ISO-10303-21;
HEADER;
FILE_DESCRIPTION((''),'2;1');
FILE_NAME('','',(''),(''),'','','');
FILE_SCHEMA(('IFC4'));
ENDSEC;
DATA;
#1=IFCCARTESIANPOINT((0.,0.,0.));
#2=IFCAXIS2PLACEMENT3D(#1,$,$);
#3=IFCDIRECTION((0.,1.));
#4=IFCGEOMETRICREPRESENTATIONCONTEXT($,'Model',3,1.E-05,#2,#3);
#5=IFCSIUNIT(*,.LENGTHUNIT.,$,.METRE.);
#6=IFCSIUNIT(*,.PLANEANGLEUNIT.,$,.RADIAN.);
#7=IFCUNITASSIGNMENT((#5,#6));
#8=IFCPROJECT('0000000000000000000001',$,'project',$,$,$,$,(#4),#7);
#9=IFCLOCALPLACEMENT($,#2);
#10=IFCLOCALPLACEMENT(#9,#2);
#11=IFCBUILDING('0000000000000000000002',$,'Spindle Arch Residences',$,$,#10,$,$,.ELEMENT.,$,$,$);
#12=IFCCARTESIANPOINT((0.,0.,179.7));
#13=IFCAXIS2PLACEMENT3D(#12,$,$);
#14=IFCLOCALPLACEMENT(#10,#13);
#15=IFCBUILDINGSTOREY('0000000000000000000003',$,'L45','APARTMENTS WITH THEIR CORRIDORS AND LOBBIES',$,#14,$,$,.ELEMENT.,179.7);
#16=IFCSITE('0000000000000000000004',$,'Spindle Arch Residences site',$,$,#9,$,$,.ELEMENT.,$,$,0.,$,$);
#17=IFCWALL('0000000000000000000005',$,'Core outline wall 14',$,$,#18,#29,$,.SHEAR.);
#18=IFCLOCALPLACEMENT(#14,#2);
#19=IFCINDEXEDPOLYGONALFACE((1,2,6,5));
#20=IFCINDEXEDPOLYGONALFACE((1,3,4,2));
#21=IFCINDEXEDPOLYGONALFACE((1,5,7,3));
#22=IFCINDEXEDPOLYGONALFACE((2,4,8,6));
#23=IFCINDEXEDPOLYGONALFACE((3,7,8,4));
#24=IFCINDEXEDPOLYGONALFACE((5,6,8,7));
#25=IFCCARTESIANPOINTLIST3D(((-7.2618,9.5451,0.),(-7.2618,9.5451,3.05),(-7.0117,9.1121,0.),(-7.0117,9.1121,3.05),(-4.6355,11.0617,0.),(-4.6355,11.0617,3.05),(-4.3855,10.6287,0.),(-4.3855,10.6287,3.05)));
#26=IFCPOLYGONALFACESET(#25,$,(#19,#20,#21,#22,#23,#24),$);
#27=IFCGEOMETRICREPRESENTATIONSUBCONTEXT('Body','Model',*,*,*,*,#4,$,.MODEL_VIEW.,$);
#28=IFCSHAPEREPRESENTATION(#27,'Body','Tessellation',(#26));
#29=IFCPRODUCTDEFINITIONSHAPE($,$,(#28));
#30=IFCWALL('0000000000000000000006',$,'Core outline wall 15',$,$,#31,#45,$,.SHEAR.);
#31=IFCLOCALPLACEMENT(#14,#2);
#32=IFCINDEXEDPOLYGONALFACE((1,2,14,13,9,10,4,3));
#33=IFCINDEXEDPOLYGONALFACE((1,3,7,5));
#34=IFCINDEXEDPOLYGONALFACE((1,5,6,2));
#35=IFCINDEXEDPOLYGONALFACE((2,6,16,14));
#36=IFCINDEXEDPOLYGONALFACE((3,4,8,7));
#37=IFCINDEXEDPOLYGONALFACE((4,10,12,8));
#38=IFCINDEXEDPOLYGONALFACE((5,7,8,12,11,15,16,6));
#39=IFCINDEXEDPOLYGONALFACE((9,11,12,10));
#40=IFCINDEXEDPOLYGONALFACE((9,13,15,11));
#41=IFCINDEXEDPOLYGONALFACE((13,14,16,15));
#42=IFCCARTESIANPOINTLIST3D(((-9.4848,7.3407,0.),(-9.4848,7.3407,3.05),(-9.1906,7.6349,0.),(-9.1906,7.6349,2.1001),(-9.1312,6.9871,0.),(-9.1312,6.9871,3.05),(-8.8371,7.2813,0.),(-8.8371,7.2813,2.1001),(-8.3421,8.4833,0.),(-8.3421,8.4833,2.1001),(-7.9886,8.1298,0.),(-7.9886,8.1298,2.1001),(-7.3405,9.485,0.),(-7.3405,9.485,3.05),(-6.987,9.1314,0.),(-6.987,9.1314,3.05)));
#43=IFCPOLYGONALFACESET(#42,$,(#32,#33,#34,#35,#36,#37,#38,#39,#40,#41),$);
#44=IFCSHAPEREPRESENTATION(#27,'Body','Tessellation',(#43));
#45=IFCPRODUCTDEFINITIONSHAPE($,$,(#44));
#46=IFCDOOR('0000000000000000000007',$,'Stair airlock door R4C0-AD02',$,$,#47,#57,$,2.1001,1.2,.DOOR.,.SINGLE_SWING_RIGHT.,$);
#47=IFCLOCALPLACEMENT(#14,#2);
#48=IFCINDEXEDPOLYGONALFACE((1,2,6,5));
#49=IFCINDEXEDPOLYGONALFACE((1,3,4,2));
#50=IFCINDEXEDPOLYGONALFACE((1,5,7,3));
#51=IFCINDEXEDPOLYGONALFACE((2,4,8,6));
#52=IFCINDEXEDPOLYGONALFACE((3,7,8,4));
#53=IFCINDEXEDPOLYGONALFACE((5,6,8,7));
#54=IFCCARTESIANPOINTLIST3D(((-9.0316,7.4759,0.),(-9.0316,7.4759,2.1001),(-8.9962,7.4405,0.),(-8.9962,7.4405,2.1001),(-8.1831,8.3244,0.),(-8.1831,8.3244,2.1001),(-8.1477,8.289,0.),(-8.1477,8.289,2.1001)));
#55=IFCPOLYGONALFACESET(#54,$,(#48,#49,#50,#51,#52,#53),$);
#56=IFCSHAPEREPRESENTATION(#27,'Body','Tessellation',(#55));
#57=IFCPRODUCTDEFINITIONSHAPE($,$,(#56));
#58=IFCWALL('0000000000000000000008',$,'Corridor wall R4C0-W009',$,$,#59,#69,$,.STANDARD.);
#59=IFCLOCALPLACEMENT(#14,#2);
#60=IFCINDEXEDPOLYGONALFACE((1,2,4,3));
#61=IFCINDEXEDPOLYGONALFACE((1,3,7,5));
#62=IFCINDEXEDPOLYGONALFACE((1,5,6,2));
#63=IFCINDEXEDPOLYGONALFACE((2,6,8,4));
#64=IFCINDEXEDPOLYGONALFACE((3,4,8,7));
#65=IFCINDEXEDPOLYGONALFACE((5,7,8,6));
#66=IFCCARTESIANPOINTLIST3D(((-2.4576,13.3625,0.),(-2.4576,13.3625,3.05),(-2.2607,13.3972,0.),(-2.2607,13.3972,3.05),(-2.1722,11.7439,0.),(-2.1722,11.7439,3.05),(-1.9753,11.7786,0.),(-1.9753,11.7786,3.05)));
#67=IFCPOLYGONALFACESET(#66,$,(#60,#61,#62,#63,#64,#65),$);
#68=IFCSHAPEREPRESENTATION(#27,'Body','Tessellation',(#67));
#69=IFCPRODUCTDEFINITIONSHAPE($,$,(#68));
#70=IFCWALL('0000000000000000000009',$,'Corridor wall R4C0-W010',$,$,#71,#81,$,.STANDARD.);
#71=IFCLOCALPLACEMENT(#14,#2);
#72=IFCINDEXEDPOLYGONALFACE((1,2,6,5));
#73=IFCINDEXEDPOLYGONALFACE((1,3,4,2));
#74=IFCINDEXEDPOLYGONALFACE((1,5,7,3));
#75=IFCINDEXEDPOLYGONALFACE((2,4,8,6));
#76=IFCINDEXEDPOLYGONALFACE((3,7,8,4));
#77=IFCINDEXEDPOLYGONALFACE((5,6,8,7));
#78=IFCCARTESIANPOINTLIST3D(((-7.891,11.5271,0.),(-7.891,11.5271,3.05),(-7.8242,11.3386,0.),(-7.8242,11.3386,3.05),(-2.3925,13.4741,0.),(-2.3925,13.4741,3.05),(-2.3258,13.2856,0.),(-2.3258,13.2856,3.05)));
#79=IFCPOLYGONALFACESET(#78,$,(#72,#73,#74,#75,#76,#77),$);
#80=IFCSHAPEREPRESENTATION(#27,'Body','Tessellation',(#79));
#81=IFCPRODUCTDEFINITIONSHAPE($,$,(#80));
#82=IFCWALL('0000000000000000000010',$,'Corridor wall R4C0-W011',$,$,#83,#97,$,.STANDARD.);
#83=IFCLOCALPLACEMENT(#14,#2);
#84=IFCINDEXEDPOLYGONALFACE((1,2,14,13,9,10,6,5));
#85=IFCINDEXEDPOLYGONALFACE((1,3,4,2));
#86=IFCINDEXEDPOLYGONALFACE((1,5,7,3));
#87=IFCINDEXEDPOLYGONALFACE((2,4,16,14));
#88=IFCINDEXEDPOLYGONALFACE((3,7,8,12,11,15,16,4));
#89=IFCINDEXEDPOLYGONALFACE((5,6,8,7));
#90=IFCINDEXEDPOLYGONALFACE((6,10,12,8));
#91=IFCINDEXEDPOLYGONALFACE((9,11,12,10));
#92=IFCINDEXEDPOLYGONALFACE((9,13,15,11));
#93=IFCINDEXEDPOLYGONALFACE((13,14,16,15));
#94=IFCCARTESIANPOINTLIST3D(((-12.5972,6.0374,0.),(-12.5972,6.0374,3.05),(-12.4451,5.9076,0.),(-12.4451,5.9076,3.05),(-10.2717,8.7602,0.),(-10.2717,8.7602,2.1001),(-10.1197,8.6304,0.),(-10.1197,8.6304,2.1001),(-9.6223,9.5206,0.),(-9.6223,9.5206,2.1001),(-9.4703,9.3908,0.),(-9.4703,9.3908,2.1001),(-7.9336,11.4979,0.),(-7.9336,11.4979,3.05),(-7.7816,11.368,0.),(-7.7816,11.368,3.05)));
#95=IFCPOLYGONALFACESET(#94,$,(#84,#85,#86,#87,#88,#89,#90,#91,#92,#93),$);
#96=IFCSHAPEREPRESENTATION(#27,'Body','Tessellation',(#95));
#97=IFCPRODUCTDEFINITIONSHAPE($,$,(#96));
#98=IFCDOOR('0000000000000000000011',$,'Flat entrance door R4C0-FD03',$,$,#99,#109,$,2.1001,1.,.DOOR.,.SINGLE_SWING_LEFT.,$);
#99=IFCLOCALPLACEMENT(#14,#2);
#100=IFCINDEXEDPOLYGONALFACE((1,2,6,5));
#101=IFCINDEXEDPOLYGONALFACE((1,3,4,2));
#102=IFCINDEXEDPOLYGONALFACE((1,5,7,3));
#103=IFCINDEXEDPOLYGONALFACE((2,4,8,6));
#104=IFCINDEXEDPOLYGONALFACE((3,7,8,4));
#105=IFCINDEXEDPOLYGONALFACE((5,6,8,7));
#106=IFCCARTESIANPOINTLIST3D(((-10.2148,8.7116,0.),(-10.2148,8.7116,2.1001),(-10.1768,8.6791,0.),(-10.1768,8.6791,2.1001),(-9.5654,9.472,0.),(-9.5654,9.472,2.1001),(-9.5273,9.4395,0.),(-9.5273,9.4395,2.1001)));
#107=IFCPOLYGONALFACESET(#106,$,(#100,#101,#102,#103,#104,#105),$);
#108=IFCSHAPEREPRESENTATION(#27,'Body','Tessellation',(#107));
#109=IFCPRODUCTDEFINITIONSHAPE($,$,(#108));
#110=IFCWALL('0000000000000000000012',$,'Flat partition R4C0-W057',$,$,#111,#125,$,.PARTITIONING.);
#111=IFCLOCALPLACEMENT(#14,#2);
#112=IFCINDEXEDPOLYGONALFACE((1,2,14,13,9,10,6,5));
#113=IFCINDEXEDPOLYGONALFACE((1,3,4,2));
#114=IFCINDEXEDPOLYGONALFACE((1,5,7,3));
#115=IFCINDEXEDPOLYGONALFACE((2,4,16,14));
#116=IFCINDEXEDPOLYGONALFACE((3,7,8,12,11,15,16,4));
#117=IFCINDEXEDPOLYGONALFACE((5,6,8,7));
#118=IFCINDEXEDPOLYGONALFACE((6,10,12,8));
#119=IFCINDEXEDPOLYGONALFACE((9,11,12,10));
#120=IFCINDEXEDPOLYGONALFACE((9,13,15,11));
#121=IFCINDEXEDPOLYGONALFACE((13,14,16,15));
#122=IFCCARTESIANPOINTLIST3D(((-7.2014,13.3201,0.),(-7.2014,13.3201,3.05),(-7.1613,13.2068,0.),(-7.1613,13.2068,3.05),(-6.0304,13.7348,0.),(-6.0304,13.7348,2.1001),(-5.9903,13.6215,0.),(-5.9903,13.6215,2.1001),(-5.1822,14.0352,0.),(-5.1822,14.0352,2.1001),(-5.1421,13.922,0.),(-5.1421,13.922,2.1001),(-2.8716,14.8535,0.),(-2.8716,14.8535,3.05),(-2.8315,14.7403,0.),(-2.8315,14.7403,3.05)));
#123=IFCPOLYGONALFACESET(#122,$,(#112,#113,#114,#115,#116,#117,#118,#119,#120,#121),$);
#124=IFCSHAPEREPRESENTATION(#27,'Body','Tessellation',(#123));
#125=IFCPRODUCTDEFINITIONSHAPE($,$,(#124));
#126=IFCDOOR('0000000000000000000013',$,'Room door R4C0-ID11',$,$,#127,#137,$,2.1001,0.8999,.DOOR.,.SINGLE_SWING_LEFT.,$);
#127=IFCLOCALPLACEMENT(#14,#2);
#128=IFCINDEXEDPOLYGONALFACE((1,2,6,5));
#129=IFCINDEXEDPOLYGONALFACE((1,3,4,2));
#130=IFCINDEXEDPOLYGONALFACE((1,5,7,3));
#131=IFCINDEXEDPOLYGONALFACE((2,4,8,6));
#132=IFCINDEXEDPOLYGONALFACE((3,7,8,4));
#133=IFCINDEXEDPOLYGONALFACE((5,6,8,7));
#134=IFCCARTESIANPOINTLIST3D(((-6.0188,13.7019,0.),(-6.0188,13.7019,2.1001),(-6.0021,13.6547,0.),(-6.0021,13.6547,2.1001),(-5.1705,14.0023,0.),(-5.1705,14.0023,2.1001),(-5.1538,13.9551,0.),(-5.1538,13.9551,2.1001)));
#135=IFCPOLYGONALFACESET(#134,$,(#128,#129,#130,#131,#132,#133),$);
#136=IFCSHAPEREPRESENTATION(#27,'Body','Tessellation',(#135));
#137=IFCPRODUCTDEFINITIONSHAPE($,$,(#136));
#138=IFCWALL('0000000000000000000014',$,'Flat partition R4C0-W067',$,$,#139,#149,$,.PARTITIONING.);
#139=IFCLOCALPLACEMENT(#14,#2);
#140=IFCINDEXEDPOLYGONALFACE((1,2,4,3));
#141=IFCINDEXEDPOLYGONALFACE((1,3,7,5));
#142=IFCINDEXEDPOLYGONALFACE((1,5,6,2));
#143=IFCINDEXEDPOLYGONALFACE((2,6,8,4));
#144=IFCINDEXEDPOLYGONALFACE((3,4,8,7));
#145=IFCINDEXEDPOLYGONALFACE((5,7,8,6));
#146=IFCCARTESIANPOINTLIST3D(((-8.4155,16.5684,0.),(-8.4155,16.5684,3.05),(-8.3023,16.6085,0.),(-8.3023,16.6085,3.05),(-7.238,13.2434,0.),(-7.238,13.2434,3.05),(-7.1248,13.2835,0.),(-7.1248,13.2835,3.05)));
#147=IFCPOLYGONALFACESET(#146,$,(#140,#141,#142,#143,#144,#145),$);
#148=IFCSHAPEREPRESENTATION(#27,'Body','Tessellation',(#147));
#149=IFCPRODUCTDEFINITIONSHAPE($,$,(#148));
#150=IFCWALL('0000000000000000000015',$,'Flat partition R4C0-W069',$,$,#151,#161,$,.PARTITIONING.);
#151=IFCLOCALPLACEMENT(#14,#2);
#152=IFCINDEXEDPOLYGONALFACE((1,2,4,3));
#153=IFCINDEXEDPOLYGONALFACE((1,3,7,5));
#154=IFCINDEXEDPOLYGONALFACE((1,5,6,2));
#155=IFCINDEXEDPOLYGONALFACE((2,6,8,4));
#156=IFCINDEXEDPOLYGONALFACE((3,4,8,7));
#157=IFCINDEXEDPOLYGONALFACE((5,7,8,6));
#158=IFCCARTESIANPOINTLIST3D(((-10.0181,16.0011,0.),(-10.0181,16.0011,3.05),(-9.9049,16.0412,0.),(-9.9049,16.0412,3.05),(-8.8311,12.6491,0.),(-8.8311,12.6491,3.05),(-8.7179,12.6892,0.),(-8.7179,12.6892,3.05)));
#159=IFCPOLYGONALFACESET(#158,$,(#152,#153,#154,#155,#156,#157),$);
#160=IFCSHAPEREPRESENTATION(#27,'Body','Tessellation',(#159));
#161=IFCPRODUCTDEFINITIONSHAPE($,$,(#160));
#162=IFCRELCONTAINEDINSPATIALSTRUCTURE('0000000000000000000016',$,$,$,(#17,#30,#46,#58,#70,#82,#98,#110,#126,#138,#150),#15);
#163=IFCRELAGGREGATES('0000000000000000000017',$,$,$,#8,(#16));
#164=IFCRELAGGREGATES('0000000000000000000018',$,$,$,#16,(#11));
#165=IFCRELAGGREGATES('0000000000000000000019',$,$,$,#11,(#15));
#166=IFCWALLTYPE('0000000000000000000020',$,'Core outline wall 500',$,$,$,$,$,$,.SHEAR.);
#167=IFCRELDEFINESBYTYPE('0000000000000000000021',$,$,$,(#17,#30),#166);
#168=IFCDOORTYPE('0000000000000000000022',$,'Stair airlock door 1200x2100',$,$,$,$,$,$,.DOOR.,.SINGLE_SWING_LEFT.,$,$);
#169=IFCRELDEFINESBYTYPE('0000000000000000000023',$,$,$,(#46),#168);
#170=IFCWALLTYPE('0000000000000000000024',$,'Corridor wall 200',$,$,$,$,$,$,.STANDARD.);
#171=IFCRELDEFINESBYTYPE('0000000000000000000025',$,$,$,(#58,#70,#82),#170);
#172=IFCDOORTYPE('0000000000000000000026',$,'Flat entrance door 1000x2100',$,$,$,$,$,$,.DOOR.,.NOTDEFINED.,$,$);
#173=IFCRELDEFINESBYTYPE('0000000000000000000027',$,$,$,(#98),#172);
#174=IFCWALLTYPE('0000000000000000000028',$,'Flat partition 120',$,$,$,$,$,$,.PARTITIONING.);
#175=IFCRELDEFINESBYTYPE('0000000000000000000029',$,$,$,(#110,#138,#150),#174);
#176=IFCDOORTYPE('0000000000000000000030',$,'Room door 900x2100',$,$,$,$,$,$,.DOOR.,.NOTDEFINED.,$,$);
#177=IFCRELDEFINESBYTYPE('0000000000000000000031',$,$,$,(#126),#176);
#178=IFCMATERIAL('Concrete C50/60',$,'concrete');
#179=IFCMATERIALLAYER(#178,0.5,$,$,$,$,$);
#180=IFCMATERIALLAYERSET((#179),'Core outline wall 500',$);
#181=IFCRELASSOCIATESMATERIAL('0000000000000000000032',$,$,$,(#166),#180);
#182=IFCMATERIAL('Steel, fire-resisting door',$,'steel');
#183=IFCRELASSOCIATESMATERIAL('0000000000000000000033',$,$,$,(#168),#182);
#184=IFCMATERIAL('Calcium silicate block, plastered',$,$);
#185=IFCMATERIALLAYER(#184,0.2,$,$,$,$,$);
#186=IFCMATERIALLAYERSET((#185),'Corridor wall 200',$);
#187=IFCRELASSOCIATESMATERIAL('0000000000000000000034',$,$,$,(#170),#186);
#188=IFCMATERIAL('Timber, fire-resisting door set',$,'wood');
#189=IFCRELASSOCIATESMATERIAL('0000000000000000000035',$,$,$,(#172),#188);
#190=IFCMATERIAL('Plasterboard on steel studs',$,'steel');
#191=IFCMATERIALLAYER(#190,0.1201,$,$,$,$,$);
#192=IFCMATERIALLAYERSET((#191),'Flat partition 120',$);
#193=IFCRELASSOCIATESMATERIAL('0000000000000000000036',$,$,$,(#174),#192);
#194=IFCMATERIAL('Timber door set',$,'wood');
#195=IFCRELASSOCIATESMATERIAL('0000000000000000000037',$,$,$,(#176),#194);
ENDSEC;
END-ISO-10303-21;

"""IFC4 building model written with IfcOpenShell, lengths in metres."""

from ifc_helpers import new_model, si_unit, direction, frame, frame_2d, origin, place, context, subcontext, project, spatial, rectangle, extrude, material, layer, layer_set, type_object, element, fill, save


model = new_model("IFC4")

# Units and contexts
model_context = context("Model", 3, precision=1e-05, world=origin(), true_north=direction((0.0, 1.0)))
body_context = subcontext(model_context, "Body", "Model", "MODEL_VIEW")
ifc_project = project(units=[si_unit("LENGTHUNIT", "METRE"), si_unit("PLANEANGLEUNIT", "RADIAN")], contexts=[model_context])

# Site, building, storey
site_placement = place(None, origin())
site = spatial("IfcSite", under=ifc_project, at=site_placement, Name="Spindle Arch Residences site", CompositionType="ELEMENT", RefElevation=0.0)
building_placement = place(site_placement, origin())
building = spatial("IfcBuilding", under=site, at=building_placement, Name="Spindle Arch Residences", CompositionType="ELEMENT")
storey_placement = place(building_placement, frame((0.0, 0.0, 179.7)))
storey = spatial("IfcBuildingStorey", under=building, at=storey_placement, Name="L45", Description="APARTMENTS WITH THEIR CORRIDORS AND LOBBIES", CompositionType="ELEMENT", Elevation=179.7)

# Wall
ifc_material_1 = material(Name="Concrete C50/60", Category="concrete")
ifc_layer_1 = layer(ifc_material_1, 0.5)
ifc_layer_set_1 = layer_set([ifc_layer_1], Name="Core outline wall 500")
wall_type_1 = type_object("IfcWallType", Name="Core outline wall 500", PredefinedType="SHEAR", material=ifc_layer_set_1)
wall_1_placement = place(storey_placement, frame((-4.5105, 10.8452, 0.0), z_axis=(0.0, 0.0, 1.0), x_axis=(-0.865975, -0.500087, 0.0)))
element("IfcWall", 1, at=wall_1_placement, inside=storey, type_object=wall_type_1, Name="Core outline wall 14", PredefinedType="SHEAR", context=body_context, shape_type="SweptSolid", body=[
    extrude(rectangle(XDim=3.0327, YDim=0.5, at=frame_2d((1.5164, 0.0))), origin(), (0.0, 0.0, 1.0), 3.05),
])

# Wall, opening, door
wall_2_placement = place(storey_placement, frame((-7.1638, 9.3081, 0.0), z_axis=(0.0, 0.0, 1.0), x_axis=(-0.707107, -0.707107, 0.0)))
wall_2 = element("IfcWall", 2, at=wall_2_placement, inside=storey, type_object=wall_type_1, Name="Core outline wall 15", PredefinedType="SHEAR", context=body_context, shape_type="SweptSolid", body=[
    extrude(rectangle(XDim=3.0325, YDim=0.5, at=frame_2d((1.5161, 0.0))), origin(), (0.0, 0.0, 1.0), 3.05),
])
opening_1_placement = place(wall_2_placement, frame((1.4163, 0.0, 0.0)))
opening_1 = element("IfcOpeningElement", 3, at=opening_1_placement, cuts=wall_2, PredefinedType="OPENING", context=body_context, shape_type="SweptSolid", body=[
    extrude(rectangle(XDim=1.2, YDim=2.1001, at=frame_2d((0.6001, 1.05))), frame((0.0, 0.26, 0.0), z_axis=(0.0, -1.0, 0.0), x_axis=(1.0, 0.0, 0.0)), (0.0, 0.0, 1.0), 0.52),
])
ifc_material_2 = material(Name="Steel, fire-resisting door", Category="steel")
door_type_1 = type_object("IfcDoorType", Name="Stair airlock door 1200x2100", OperationType="SINGLE_SWING_LEFT", PredefinedType="DOOR", material=ifc_material_2)
door_1_placement = place(opening_1_placement, origin())
door_1 = element("IfcDoor", 4, at=door_1_placement, inside=storey, type_object=door_type_1, Name="Stair airlock door R4C0-AD02", OperationType="SINGLE_SWING_RIGHT", OverallHeight=2.1001, OverallWidth=1.2, PredefinedType="DOOR", context=body_context, shape_type="SweptSolid", body=[
    extrude(rectangle(XDim=1.2, YDim=2.1001, at=frame_2d((0.6001, 1.05))), frame((0.0, 0.0249, 0.0), z_axis=(0.0, -1.0, 0.0), x_axis=(1.0, 0.0, 0.0)), (0.0, 0.0, 1.0), 0.05),
])
fill(opening_1, door_1)

# Walls
ifc_material_3 = material(Name="Calcium silicate block, plastered")
ifc_layer_2 = layer(ifc_material_3, 0.2)
ifc_layer_set_2 = layer_set([ifc_layer_2], Name="Corridor wall 200")
wall_type_2 = type_object("IfcWallType", Name="Corridor wall 200", PredefinedType="STANDARD", material=ifc_layer_set_2)
wall_3_placement = place(storey_placement, frame((-2.0737, 11.7612, 0.0), z_axis=(0.0, 0.0, 1.0), x_axis=(-0.173641, 0.984809, 0.0)))
element("IfcWall", 5, at=wall_3_placement, inside=storey, type_object=wall_type_2, Name="Corridor wall R4C0-W009", PredefinedType="STANDARD", context=body_context, shape_type="SweptSolid", body=[
    extrude(rectangle(XDim=1.6436, YDim=0.2, at=frame_2d((0.8218, 0.0))), origin(), (0.0, 0.0, 1.0), 3.05),
])
wall_4_placement = place(storey_placement, frame((-2.3591, 13.3799, 0.0), z_axis=(0.0, 0.0, 1.0), x_axis=(-0.942648, -0.33379, 0.0)))
element("IfcWall", 6, at=wall_4_placement, inside=storey, type_object=wall_type_2, Name="Corridor wall R4C0-W010", PredefinedType="STANDARD", context=body_context, shape_type="SweptSolid", body=[
    extrude(rectangle(XDim=5.833, YDim=0.2, at=frame_2d((2.9165, 0.0))), origin(), (0.0, 0.0, 1.0), 3.05),
])

# Walls, openings, doors
wall_5_placement = place(storey_placement, frame((-7.8577, 11.4329, 0.0), z_axis=(0.0, 0.0, 1.0), x_axis=(-0.649441, -0.760412, 0.0)))
wall_5 = element("IfcWall", 7, at=wall_5_placement, inside=storey, type_object=wall_type_2, Name="Corridor wall R4C0-W011", PredefinedType="STANDARD", context=body_context, shape_type="SweptSolid", body=[
    extrude(rectangle(XDim=7.1809, YDim=0.2, at=frame_2d((3.5903, 0.0))), origin(), (0.0, 0.0, 1.0), 3.05),
])
opening_2_placement = place(wall_5_placement, frame((2.6001, 0.0, 0.0)))
opening_2 = element("IfcOpeningElement", 8, at=opening_2_placement, cuts=wall_5, PredefinedType="OPENING", context=body_context, shape_type="SweptSolid", body=[
    extrude(rectangle(XDim=1.0, YDim=2.1001, at=frame_2d((0.5, 1.05))), frame((0.0, 0.1099, 0.0), z_axis=(0.0, -1.0, 0.0), x_axis=(1.0, 0.0, 0.0)), (0.0, 0.0, 1.0), 0.22),
])
ifc_material_4 = material(Name="Timber, fire-resisting door set", Category="wood")
door_type_2 = type_object("IfcDoorType", Name="Flat entrance door 1000x2100", OperationType="NOTDEFINED", PredefinedType="DOOR", material=ifc_material_4)
door_2_placement = place(opening_2_placement, origin())
door_2 = element("IfcDoor", 9, at=door_2_placement, inside=storey, type_object=door_type_2, Name="Flat entrance door R4C0-FD03", OperationType="SINGLE_SWING_LEFT", OverallHeight=2.1001, OverallWidth=1.0, PredefinedType="DOOR", context=body_context, shape_type="SweptSolid", body=[
    extrude(rectangle(XDim=1.0, YDim=2.1001, at=frame_2d((0.5, 1.05))), frame((0.0, 0.0249, 0.0), z_axis=(0.0, -1.0, 0.0), x_axis=(1.0, 0.0, 0.0)), (0.0, 0.0, 1.0), 0.05),
])
fill(opening_2, door_2)
ifc_material_5 = material(Name="Plasterboard on steel studs", Category="steel")
ifc_layer_3 = layer(ifc_material_5, 0.1201)
ifc_layer_set_3 = layer_set([ifc_layer_3], Name="Flat partition 120")
wall_type_3 = type_object("IfcWallType", Name="Flat partition 120", PredefinedType="PARTITIONING", material=ifc_layer_set_3)
wall_6_placement = place(storey_placement, frame((-2.8516, 14.7969, 0.0), z_axis=(0.0, 0.0, 1.0), x_axis=(-0.94263, -0.33384, 0.0)))
wall_6 = element("IfcWall", 10, at=wall_6_placement, inside=storey, type_object=wall_type_3, Name="Flat partition R4C0-W057", PredefinedType="PARTITIONING", context=body_context, shape_type="SweptSolid", body=[
    extrude(rectangle(XDim=4.5933, YDim=0.1201, at=frame_2d((2.2966, 0.0))), origin(), (0.0, 0.0, 1.0), 3.05),
])
opening_3_placement = place(wall_6_placement, frame((2.4512, 0.0, 0.0)))
opening_3 = element("IfcOpeningElement", 11, at=opening_3_placement, cuts=wall_6, PredefinedType="OPENING", context=body_context, shape_type="SweptSolid", body=[
    extrude(rectangle(XDim=0.8999, YDim=2.1001, at=frame_2d((0.45, 1.05))), frame((0.0, 0.0701, 0.0), z_axis=(0.0, -1.0, 0.0), x_axis=(1.0, 0.0, 0.0)), (0.0, 0.0, 1.0), 0.1401),
])
ifc_material_6 = material(Name="Timber door set", Category="wood")
door_type_3 = type_object("IfcDoorType", Name="Room door 900x2100", OperationType="NOTDEFINED", PredefinedType="DOOR", material=ifc_material_6)
door_3_placement = place(opening_3_placement, origin())
door_3 = element("IfcDoor", 12, at=door_3_placement, inside=storey, type_object=door_type_3, Name="Room door R4C0-ID11", OperationType="SINGLE_SWING_LEFT", OverallHeight=2.1001, OverallWidth=0.8999, PredefinedType="DOOR", context=body_context, shape_type="SweptSolid", body=[
    extrude(rectangle(XDim=0.8999, YDim=2.1001, at=frame_2d((0.45, 1.05))), frame((0.0, 0.0249, 0.0), z_axis=(0.0, -1.0, 0.0), x_axis=(1.0, 0.0, 0.0)), (0.0, 0.0, 1.0), 0.05),
])
fill(opening_3, door_3)

# Walls
wall_7_placement = place(storey_placement, frame((-7.1814, 13.2634, 0.0), z_axis=(0.0, 0.0, 1.0), x_axis=(-0.333823, 0.942636, 0.0)))
element("IfcWall", 13, at=wall_7_placement, inside=storey, type_object=wall_type_3, Name="Flat partition R4C0-W067", PredefinedType="PARTITIONING", context=body_context, shape_type="SweptSolid", body=[
    extrude(rectangle(XDim=3.5273, YDim=0.1201, at=frame_2d((1.7637, 0.0))), origin(), (0.0, 0.0, 1.0), 3.05),
])
wall_8_placement = place(storey_placement, frame((-9.9614, 16.021, 0.0), z_axis=(0.0, 0.0, 1.0), x_axis=(0.333804, -0.942643, 0.0)))
element("IfcWall", 14, at=wall_8_placement, inside=storey, type_object=wall_type_3, Name="Flat partition R4C0-W069", PredefinedType="PARTITIONING", context=body_context, shape_type="SweptSolid", body=[
    extrude(rectangle(XDim=3.5559, YDim=0.1201, at=frame_2d((1.7778, 0.0))), origin(), (0.0, 0.0, 1.0), 3.05),
])

save(model, "model.ifc")
